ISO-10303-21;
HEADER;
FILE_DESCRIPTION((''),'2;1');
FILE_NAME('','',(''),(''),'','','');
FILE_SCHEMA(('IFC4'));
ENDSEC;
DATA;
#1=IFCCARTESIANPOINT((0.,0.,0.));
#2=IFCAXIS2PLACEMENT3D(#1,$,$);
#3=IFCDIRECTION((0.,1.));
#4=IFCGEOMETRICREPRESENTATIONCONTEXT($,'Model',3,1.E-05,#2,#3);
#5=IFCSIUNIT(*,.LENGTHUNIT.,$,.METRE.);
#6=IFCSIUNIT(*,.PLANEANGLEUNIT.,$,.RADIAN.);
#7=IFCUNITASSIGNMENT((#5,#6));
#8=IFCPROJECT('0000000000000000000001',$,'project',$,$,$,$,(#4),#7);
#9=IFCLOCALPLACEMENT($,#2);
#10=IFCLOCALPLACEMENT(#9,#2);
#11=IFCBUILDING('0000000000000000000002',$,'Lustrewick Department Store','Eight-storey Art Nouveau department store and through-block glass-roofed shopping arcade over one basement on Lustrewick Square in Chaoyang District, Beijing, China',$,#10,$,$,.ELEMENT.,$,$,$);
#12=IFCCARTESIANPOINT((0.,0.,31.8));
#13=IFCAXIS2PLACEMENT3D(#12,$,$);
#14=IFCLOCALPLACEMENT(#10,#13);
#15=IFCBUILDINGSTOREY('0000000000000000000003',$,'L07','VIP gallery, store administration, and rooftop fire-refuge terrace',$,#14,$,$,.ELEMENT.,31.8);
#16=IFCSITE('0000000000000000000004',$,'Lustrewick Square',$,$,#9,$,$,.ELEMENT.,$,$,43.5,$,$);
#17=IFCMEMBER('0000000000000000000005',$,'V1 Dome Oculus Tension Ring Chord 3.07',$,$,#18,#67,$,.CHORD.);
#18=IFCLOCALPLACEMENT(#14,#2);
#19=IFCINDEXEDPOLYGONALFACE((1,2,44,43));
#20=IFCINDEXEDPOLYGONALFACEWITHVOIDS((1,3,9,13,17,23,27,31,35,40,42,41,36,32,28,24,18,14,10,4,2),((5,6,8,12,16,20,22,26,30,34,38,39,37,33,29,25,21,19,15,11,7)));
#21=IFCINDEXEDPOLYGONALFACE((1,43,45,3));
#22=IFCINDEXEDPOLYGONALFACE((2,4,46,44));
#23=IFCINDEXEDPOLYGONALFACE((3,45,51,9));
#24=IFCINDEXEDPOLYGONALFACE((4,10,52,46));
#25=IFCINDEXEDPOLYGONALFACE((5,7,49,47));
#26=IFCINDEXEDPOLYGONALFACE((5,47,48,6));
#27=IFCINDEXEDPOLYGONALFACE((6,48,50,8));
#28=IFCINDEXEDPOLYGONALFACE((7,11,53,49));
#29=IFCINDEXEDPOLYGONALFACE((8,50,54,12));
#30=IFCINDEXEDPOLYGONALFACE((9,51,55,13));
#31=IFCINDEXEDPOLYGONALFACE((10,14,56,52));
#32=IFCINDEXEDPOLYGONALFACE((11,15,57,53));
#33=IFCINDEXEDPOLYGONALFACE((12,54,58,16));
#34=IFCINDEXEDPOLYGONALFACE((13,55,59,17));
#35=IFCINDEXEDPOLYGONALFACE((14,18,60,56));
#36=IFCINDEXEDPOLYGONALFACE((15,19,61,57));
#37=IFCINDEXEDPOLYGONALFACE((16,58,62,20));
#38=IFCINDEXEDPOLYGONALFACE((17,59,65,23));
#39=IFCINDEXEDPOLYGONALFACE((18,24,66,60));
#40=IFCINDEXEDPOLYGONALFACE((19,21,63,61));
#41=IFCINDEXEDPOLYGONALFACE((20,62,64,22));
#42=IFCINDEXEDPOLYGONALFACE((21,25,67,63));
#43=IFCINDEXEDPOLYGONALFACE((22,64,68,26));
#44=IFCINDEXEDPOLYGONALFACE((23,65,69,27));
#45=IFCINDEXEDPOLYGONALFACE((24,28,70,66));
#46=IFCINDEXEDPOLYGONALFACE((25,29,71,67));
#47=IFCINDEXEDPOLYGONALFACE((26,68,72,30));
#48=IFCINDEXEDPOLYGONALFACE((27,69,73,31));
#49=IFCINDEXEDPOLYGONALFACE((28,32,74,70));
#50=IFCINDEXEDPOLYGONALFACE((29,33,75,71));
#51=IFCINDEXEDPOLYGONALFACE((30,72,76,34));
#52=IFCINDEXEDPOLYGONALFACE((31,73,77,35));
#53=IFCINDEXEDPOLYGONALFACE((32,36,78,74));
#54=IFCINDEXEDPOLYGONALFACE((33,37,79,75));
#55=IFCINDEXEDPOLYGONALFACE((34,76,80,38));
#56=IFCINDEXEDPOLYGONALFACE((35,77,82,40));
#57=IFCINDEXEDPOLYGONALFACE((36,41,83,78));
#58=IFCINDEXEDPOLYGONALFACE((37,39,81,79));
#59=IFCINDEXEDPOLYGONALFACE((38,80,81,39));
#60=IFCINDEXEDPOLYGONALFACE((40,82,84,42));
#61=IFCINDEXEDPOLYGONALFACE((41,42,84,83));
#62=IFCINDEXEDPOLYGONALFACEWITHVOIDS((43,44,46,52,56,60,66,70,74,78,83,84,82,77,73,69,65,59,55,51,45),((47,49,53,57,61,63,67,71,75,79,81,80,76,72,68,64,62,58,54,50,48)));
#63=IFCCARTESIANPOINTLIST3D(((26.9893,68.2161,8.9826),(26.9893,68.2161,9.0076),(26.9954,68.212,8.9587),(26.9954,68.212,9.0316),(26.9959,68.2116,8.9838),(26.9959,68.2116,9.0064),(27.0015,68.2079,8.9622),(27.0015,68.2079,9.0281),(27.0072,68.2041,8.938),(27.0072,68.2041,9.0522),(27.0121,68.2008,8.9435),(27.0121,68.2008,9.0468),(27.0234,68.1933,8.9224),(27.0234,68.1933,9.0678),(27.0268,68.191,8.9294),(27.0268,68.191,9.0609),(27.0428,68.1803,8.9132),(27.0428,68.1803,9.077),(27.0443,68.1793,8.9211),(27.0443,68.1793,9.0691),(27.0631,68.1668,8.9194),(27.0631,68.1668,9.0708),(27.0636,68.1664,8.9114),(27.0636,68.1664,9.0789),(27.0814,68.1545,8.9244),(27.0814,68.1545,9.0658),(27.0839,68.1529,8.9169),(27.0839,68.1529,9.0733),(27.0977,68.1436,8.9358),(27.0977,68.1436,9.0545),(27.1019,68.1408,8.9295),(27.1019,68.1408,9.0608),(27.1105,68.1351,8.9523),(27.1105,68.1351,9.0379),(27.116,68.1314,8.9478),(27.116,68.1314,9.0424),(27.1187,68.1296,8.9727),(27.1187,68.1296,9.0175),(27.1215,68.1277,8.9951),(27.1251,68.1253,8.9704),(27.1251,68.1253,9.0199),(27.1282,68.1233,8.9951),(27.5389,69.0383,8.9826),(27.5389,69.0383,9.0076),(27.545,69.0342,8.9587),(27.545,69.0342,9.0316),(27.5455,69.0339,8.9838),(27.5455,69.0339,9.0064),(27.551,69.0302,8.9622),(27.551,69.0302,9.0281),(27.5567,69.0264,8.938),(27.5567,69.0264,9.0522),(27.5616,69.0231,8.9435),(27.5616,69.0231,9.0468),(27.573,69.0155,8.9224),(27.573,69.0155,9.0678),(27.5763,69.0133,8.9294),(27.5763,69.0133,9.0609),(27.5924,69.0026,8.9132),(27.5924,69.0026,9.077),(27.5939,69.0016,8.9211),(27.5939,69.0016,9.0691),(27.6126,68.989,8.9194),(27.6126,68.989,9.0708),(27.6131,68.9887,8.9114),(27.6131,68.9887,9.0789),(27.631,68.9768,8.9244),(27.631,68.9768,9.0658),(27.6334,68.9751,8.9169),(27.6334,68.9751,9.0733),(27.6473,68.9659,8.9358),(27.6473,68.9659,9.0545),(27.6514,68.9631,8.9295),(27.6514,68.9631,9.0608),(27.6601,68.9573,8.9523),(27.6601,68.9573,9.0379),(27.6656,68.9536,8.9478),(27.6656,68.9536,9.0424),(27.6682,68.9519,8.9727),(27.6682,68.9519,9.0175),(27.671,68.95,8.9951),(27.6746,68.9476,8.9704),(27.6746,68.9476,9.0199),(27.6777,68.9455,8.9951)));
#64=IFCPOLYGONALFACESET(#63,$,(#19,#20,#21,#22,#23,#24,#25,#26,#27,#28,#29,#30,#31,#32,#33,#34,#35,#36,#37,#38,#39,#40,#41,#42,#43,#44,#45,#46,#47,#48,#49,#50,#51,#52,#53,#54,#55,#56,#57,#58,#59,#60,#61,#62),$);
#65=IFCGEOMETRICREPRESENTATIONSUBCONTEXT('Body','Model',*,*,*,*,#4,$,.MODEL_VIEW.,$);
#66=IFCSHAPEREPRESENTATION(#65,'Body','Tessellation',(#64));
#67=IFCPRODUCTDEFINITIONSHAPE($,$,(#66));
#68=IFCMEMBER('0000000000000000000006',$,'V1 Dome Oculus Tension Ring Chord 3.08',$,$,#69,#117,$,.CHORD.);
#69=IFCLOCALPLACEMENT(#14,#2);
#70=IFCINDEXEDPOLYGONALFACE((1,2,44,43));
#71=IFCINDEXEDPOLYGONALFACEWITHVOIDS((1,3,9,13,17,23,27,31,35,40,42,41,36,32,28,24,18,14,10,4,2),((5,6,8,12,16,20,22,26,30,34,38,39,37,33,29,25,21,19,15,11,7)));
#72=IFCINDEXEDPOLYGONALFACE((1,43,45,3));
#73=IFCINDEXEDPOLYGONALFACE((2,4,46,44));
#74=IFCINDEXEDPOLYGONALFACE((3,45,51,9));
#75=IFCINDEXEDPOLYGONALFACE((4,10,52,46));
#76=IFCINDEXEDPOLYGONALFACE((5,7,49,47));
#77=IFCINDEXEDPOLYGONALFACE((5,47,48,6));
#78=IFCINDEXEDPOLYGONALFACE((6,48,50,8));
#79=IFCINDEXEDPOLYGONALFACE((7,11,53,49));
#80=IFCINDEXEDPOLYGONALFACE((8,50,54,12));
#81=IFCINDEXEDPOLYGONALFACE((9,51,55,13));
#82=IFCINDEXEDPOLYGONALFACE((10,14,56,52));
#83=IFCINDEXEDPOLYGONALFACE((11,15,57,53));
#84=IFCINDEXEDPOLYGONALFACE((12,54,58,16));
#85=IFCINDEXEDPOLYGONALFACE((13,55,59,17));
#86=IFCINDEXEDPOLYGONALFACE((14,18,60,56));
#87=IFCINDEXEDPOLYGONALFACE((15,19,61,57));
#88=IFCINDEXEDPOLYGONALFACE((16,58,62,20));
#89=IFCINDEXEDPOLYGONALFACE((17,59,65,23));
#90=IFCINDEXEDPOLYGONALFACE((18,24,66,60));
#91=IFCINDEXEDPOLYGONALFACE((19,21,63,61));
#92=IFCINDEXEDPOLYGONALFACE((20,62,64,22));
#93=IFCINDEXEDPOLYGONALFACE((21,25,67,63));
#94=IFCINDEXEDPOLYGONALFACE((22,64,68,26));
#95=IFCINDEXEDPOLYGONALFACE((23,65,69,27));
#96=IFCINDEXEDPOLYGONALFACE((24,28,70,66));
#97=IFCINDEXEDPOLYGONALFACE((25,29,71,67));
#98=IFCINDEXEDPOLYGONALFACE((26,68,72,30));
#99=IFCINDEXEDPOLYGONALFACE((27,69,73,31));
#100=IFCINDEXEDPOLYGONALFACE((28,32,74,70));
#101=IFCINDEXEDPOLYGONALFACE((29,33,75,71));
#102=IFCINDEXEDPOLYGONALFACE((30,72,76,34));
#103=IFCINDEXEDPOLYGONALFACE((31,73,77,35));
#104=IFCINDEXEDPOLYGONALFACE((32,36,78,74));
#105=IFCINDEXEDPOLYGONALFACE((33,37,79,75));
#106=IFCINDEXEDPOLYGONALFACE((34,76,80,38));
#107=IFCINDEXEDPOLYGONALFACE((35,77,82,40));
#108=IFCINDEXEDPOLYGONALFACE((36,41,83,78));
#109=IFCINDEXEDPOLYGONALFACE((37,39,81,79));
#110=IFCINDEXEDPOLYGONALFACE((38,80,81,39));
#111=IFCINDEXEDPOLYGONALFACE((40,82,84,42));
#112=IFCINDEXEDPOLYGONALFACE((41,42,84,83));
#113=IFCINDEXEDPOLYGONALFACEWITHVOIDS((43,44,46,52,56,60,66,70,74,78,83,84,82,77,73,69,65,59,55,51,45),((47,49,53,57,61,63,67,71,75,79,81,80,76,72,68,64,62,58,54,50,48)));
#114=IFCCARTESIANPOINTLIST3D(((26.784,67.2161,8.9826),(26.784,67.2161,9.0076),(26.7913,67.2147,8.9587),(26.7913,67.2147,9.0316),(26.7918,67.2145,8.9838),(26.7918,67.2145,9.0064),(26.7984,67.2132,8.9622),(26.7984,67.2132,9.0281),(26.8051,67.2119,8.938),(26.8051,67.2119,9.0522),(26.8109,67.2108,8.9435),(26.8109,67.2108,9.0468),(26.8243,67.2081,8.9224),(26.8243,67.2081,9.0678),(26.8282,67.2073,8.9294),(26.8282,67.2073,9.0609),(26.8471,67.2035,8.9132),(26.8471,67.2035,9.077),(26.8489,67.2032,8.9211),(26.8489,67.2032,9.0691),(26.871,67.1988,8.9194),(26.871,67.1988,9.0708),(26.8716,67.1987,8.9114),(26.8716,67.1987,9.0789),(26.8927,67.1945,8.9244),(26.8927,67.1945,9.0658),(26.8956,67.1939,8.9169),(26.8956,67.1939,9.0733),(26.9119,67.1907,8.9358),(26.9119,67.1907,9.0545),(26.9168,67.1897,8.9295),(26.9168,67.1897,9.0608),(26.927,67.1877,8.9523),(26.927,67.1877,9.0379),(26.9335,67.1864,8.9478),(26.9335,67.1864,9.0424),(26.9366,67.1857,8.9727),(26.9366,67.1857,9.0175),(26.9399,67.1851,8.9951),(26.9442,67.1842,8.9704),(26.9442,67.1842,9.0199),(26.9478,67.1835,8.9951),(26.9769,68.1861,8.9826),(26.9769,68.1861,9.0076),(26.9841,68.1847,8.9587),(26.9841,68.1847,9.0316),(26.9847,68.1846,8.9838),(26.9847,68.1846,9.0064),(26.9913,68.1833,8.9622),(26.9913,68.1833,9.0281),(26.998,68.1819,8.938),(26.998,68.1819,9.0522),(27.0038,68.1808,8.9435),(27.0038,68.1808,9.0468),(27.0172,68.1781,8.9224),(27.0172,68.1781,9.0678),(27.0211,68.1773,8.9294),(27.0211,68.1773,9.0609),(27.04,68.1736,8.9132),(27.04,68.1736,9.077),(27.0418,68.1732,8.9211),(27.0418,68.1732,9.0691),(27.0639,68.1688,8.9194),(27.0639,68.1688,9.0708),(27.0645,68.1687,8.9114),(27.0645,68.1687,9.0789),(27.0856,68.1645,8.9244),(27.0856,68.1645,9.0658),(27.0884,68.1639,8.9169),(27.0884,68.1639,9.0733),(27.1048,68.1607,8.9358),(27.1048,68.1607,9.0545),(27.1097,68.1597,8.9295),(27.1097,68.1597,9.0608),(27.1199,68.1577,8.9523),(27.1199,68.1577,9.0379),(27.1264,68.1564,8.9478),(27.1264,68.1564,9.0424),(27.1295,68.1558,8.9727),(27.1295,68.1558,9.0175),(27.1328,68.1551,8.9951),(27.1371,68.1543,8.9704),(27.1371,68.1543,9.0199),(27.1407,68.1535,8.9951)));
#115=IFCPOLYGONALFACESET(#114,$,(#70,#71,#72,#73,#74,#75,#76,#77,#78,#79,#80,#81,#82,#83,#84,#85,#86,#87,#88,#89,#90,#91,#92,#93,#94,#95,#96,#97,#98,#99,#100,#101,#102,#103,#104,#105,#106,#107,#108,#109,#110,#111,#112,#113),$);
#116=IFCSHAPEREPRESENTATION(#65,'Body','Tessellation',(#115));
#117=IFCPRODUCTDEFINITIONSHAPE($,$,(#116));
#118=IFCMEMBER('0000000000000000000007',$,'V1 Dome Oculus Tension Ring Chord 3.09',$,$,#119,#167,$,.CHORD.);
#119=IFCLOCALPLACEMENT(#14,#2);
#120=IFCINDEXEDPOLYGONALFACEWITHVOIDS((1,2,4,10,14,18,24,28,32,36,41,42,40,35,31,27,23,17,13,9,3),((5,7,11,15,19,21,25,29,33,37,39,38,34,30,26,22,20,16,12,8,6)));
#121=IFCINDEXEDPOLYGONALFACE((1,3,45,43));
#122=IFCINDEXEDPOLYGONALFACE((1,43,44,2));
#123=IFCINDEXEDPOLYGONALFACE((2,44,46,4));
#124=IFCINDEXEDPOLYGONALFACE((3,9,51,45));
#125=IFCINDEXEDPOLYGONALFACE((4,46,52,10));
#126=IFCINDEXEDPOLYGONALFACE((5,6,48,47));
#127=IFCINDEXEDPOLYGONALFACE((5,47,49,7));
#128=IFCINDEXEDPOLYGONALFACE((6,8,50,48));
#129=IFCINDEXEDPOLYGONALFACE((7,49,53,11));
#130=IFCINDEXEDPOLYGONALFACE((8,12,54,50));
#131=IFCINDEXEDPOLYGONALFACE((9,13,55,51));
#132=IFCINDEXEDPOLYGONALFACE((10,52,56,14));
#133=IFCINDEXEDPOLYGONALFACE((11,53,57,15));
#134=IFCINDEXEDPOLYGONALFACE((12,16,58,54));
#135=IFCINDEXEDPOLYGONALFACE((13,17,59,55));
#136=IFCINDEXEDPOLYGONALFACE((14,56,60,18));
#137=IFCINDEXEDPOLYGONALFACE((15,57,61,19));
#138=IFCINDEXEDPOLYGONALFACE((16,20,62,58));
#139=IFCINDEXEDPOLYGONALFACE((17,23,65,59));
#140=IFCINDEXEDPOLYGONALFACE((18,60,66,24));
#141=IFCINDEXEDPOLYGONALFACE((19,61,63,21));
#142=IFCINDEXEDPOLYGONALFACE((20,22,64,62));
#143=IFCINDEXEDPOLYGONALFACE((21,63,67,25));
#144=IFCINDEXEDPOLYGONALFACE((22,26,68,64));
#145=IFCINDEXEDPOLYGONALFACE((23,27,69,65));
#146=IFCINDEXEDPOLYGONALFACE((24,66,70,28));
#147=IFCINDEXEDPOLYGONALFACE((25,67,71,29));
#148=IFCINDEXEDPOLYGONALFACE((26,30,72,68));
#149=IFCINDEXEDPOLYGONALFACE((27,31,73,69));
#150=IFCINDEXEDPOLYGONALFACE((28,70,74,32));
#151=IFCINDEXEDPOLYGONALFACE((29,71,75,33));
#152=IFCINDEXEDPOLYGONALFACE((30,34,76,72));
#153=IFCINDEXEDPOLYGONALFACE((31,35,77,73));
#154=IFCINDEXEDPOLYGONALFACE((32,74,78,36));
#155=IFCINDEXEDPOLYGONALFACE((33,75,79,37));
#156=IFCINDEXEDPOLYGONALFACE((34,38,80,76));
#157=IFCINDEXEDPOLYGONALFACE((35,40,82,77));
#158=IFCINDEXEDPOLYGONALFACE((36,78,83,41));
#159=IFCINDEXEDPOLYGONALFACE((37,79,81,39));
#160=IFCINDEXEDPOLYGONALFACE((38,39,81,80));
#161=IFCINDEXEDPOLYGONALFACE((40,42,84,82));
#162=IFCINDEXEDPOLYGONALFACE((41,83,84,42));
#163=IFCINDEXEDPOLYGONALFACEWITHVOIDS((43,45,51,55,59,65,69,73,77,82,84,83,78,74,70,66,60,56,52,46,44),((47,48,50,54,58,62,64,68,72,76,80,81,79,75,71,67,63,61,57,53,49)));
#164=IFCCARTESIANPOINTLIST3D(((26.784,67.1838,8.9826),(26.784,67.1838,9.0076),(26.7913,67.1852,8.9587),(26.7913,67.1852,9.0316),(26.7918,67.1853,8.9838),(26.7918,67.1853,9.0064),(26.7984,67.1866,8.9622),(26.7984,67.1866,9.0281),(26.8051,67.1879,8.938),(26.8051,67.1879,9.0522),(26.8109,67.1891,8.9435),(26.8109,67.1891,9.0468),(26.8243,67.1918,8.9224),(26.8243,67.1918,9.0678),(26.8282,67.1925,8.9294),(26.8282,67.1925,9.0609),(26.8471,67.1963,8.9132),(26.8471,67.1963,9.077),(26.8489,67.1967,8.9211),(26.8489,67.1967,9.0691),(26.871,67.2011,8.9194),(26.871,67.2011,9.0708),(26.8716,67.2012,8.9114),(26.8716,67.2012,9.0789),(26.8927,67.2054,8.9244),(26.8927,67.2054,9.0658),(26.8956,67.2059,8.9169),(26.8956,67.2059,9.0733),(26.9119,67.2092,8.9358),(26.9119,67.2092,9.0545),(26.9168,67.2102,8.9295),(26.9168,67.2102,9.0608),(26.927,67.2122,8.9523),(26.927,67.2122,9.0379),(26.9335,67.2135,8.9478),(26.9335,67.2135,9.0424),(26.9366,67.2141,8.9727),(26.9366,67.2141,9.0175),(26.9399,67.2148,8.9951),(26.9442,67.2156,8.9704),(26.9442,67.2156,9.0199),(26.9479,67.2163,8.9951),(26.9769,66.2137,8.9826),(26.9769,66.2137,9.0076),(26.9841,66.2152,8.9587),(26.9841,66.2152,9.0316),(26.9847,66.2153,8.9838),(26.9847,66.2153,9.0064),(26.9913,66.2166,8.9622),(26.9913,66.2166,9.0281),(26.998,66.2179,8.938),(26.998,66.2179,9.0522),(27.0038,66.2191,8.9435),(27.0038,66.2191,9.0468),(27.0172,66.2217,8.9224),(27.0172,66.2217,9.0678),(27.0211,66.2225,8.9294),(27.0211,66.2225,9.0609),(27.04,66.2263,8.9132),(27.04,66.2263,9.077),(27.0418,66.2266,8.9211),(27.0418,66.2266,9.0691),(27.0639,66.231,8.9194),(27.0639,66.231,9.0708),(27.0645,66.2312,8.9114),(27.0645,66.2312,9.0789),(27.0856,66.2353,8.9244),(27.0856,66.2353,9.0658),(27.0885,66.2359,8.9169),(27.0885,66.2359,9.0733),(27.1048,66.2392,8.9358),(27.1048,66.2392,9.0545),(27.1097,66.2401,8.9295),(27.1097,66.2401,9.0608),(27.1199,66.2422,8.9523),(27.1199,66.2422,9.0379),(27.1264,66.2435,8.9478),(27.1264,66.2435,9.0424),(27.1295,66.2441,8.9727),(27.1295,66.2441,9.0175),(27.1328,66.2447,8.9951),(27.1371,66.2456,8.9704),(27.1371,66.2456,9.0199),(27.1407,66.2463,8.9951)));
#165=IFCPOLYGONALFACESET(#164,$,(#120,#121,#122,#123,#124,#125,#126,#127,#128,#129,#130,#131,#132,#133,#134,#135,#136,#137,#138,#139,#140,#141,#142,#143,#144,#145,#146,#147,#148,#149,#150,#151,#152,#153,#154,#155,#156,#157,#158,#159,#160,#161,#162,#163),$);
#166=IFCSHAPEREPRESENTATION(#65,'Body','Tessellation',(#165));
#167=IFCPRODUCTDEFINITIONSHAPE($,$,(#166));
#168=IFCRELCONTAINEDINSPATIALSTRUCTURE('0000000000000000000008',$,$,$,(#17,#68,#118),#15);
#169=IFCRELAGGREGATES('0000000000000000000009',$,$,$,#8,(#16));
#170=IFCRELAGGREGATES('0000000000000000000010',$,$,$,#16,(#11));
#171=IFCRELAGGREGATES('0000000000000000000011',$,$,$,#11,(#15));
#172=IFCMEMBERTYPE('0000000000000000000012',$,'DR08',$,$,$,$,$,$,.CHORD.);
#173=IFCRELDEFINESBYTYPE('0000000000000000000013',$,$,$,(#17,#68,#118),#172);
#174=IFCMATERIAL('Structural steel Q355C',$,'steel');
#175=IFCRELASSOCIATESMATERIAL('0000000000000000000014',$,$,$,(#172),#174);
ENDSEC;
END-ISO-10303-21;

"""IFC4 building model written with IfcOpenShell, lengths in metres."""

from ifc_helpers import new_model, si_unit, direction, frame, origin, origin_2d, place, context, subcontext, project, spatial, hollow_circle, extrude, material, material_profile, profile_set, type_object, element, save


model = new_model("IFC4")

# Units and contexts
model_context = context("Model", 3, precision=1e-05, world=origin(), true_north=direction((0.0, 1.0)))
body_context = subcontext(model_context, "Body", "Model", "MODEL_VIEW")
ifc_project = project(units=[si_unit("LENGTHUNIT", "METRE"), si_unit("PLANEANGLEUNIT", "RADIAN")], contexts=[model_context])

# Site, building, storey
site_placement = place(None, origin())
site = spatial("IfcSite", under=ifc_project, at=site_placement, Name="Lustrewick Square", CompositionType="ELEMENT", RefElevation=43.5)
building_placement = place(site_placement, origin())
building = spatial("IfcBuilding", under=site, at=building_placement, Name="Lustrewick Department Store", Description="Eight-storey Art Nouveau department store and through-block glass-roofed shopping arcade over one basement on Lustrewick Square in Chaoyang District, Beijing, China", CompositionType="ELEMENT")
storey_placement = place(building_placement, frame((0.0, 0.0, 31.8)))
storey = spatial("IfcBuildingStorey", under=building, at=storey_placement, Name="L07", Description="VIP gallery, store administration, and rooftop fire-refuge terrace", CompositionType="ELEMENT", Elevation=31.8)

# Members
ifc_material_1 = material(Name="Structural steel Q355C", Category="steel")
ifc_material_profile_1 = material_profile(ifc_material_1, hollow_circle(Radius=0.084, WallThickness=0.0081, at=origin_2d()), Name="CHS 168x8")
ifc_profile_set_1 = profile_set([ifc_material_profile_1], Name="Structural steel Q355C")
member_type_1 = type_object("IfcMemberType", Name="DR08", PredefinedType="CHORD", material=ifc_profile_set_1)
for number, where, z_axis, x_axis, name in (
    (1, (27.6079, 68.9922, 8.9951), (-0.555668, -0.831404, 0.0), (0.831404, -0.555668, 0.0), "V1 Dome Oculus Tension Ring Chord 3.07"),
    (2, (27.0583, 68.1699, 8.9951), (-0.195024, -0.980798, 0.0), (0.980798, -0.195024, 0.0), "V1 Dome Oculus Tension Ring Chord 3.08"),
    (3, (26.8655, 67.2, 8.9951), (0.195024, -0.980798, 0.0), (0.980798, 0.195024, 0.0), "V1 Dome Oculus Tension Ring Chord 3.09"),
):
    element("IfcMember", number, at=place(storey_placement, frame(where, z_axis=z_axis, x_axis=x_axis)), inside=storey, type_object=member_type_1, Name=name, PredefinedType="CHORD", context=body_context, shape_type="SweptSolid", body=[
        extrude(hollow_circle(Radius=0.084, WallThickness=0.0081, at=origin_2d()), origin(), (0.0, 0.0, 1.0), 0.989),
    ])

save(model, "model.ifc")
